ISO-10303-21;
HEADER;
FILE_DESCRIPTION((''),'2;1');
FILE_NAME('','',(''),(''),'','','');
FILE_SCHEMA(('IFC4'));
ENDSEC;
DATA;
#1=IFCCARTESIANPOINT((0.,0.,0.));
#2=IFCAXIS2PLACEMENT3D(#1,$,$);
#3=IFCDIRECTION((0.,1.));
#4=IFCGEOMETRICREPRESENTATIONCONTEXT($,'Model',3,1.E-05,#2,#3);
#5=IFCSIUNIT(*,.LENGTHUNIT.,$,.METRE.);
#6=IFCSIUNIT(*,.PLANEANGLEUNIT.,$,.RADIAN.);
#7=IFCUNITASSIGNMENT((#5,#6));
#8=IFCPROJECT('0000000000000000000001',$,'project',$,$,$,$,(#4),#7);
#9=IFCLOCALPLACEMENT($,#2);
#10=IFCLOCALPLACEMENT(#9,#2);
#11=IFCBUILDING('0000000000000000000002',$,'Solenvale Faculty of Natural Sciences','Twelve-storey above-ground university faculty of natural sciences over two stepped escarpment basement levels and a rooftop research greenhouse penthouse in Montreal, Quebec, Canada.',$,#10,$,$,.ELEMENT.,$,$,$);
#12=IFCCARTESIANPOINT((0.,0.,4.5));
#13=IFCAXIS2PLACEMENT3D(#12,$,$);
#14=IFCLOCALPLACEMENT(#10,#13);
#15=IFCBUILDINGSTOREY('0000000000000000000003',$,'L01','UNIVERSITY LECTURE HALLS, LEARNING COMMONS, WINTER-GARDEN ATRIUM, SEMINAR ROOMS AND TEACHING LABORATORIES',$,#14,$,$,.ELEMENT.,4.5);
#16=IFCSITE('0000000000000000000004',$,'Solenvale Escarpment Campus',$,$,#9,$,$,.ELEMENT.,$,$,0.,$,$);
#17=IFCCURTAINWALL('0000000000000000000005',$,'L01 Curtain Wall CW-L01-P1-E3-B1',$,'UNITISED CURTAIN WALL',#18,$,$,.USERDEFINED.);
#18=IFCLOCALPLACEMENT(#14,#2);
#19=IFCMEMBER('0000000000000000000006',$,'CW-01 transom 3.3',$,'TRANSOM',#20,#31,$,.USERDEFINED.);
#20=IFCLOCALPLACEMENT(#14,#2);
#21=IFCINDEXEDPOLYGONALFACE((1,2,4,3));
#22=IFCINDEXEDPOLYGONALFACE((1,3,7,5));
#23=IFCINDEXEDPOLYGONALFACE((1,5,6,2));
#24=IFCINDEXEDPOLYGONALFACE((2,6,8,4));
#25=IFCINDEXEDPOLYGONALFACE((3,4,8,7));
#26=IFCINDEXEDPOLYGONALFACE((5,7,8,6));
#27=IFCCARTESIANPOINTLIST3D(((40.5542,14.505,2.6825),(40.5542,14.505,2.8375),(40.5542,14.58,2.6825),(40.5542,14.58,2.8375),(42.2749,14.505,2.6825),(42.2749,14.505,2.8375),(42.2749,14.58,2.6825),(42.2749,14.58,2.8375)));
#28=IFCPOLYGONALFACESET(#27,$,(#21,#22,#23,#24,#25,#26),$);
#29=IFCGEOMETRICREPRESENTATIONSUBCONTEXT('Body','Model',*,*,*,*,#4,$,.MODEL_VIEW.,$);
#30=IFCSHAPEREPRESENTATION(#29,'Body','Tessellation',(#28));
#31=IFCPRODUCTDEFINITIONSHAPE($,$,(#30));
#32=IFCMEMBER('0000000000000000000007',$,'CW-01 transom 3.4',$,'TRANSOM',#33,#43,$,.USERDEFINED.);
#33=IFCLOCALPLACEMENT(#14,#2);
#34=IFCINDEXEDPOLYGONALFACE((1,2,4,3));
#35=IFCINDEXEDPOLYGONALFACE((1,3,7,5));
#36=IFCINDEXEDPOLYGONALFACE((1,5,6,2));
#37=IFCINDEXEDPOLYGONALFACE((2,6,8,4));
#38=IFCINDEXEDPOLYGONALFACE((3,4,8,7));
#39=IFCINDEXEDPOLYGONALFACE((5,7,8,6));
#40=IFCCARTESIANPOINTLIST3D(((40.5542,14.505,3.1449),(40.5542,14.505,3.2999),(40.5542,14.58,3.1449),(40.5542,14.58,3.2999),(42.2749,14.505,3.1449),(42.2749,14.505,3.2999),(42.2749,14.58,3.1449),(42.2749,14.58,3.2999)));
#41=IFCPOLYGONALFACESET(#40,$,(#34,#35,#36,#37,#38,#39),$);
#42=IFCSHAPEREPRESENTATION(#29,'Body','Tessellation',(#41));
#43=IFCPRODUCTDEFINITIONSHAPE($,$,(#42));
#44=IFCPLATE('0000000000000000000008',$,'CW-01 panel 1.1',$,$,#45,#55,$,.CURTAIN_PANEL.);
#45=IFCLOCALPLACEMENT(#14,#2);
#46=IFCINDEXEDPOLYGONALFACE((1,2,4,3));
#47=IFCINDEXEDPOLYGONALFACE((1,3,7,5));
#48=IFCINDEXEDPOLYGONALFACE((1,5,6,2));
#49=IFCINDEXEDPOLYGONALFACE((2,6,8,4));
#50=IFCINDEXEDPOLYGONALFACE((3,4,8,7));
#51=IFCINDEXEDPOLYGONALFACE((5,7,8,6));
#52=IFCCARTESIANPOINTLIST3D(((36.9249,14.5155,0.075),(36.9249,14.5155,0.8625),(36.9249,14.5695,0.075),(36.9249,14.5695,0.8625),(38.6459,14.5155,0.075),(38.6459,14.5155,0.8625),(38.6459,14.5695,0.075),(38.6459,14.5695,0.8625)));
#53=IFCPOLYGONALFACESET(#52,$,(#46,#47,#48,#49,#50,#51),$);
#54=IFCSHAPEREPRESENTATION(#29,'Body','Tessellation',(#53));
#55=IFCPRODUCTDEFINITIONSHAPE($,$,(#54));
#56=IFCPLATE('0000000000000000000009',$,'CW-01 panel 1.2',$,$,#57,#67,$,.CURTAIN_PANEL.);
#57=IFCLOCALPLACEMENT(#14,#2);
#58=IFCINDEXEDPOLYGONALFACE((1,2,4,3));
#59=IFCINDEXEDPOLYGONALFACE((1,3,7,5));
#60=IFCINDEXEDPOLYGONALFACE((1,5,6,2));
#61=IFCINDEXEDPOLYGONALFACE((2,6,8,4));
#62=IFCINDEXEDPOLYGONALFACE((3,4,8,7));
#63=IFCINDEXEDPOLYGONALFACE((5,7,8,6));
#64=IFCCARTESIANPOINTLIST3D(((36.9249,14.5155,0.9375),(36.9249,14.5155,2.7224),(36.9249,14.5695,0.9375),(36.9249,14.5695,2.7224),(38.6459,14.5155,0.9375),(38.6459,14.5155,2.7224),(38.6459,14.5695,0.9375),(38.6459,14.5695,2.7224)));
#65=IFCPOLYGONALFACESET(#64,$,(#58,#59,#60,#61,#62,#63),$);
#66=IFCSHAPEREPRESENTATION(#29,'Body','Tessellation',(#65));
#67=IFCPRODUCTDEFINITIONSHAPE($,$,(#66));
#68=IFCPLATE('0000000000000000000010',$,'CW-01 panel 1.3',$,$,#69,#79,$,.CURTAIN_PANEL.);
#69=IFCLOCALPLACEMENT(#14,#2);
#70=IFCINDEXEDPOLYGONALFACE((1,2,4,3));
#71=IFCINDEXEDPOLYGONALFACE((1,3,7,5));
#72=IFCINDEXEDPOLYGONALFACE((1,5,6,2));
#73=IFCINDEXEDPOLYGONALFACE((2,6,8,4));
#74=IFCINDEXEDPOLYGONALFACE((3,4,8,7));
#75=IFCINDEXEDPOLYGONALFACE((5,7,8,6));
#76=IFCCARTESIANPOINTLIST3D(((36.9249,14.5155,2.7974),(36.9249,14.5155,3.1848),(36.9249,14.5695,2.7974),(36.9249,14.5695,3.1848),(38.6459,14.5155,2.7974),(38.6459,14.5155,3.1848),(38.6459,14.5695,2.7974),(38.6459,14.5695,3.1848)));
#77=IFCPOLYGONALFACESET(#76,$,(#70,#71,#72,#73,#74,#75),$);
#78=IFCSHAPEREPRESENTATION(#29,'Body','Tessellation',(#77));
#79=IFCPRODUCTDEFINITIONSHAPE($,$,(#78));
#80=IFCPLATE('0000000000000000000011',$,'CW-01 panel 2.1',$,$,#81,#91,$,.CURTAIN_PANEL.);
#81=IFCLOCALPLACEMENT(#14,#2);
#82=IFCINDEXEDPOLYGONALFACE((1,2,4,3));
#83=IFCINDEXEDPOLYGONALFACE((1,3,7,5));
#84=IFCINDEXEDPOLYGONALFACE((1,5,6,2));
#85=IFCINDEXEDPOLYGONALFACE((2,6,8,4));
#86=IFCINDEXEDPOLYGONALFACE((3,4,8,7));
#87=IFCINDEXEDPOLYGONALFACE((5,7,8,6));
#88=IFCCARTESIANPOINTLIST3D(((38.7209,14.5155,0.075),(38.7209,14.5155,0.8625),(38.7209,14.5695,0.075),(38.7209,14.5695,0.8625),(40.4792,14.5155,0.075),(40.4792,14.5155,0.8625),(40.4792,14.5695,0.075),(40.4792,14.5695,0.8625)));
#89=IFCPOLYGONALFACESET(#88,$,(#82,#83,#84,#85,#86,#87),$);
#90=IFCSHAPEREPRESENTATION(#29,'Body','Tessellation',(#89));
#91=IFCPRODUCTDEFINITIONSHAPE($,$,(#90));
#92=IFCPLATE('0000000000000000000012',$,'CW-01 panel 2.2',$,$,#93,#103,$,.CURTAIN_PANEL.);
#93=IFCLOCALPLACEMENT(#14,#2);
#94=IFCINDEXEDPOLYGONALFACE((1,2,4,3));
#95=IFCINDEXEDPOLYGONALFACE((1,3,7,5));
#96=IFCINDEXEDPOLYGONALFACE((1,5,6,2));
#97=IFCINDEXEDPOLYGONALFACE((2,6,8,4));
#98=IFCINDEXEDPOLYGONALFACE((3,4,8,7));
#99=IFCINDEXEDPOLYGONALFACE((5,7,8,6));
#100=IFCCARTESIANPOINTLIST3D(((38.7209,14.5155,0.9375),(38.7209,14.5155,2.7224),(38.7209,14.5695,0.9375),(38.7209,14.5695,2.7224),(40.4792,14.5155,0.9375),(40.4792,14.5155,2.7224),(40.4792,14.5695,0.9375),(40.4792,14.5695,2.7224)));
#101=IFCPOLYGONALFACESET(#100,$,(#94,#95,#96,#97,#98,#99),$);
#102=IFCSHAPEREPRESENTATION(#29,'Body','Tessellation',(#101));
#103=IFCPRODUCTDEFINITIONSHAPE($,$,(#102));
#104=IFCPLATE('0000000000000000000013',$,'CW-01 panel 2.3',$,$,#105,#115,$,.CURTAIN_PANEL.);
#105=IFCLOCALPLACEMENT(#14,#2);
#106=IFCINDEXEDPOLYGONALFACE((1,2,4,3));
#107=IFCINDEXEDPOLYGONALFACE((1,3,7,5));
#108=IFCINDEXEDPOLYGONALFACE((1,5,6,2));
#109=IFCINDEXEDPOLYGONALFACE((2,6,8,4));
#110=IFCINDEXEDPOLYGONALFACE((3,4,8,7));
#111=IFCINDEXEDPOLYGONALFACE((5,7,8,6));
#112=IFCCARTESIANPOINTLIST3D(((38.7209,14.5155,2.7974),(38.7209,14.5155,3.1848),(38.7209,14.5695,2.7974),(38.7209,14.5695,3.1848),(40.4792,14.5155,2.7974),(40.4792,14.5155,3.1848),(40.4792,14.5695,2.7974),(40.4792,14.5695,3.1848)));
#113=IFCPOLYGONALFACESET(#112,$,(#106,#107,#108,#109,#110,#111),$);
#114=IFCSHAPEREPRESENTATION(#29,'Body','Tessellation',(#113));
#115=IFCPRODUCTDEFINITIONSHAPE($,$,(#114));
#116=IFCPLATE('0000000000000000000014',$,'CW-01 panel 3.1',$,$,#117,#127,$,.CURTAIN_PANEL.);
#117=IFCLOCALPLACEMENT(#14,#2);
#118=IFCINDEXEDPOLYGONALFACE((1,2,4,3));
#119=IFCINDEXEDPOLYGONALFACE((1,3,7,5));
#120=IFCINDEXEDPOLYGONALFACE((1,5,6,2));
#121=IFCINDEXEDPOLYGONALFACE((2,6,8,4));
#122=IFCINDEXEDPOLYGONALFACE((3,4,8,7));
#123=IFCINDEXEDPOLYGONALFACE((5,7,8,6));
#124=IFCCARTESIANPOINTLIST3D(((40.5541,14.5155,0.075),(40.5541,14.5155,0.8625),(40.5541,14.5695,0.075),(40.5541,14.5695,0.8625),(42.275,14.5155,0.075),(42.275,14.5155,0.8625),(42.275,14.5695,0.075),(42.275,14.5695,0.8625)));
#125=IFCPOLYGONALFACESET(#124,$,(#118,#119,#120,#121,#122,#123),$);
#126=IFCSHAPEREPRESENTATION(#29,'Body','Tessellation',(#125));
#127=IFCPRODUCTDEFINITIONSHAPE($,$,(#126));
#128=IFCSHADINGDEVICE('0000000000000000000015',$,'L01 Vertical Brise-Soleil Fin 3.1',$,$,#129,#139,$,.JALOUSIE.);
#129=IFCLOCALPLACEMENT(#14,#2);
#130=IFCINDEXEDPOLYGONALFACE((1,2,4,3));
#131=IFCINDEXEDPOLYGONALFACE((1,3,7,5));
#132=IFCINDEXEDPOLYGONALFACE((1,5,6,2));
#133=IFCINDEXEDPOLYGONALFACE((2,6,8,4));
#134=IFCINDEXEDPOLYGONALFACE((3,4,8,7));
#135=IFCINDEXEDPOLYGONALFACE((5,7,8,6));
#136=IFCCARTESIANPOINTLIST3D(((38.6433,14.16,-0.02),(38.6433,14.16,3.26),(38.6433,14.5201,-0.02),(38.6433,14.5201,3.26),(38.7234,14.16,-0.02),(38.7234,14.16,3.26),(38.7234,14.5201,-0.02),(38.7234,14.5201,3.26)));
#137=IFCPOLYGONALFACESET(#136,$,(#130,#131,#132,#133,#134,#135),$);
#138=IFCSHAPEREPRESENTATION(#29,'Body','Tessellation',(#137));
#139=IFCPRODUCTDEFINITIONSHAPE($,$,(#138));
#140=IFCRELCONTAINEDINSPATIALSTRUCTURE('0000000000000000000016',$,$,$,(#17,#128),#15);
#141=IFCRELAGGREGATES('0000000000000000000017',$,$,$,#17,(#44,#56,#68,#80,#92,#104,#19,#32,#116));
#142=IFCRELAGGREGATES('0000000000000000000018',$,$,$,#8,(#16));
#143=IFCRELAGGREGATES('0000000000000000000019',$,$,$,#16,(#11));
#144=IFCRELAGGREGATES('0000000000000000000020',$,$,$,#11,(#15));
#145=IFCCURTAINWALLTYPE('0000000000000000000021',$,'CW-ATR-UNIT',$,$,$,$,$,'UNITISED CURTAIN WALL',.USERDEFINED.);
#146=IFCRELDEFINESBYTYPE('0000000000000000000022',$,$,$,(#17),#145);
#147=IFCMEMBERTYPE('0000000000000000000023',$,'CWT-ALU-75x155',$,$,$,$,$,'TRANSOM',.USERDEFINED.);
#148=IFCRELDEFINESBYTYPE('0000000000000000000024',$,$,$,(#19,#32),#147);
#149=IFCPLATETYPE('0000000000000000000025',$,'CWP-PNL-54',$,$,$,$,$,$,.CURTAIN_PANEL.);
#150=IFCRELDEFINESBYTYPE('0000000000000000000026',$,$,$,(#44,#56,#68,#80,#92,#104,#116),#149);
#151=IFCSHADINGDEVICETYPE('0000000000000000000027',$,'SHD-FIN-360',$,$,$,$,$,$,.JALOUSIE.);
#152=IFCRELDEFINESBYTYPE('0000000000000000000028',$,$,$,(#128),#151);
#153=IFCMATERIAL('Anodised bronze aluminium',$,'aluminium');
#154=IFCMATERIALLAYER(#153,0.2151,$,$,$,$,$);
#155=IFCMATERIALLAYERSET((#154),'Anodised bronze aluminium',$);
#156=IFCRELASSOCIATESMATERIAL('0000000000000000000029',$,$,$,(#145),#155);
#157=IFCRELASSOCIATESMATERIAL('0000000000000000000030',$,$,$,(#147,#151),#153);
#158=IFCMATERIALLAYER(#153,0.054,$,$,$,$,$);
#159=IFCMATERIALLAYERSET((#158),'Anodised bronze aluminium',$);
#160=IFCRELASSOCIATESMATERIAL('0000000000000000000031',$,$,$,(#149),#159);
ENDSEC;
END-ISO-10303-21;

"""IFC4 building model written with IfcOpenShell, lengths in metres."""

from ifc_helpers import new_model, si_unit, direction, frame, origin, origin_2d, place, context, subcontext, project, spatial, rectangle, extrude, material, layer, layer_set, material_profile, profile_set, type_object, element, aggregate, save


model = new_model("IFC4")

# Units and contexts
model_context = context("Model", 3, precision=1e-05, world=origin(), true_north=direction((0.0, 1.0)))
body_context = subcontext(model_context, "Body", "Model", "MODEL_VIEW")
ifc_project = project(units=[si_unit("LENGTHUNIT", "METRE"), si_unit("PLANEANGLEUNIT", "RADIAN")], contexts=[model_context])

# Site, building, storey
site_placement = place(None, origin())
site = spatial("IfcSite", under=ifc_project, at=site_placement, Name="Solenvale Escarpment Campus", CompositionType="ELEMENT", RefElevation=0.0)
building_placement = place(site_placement, origin())
building = spatial("IfcBuilding", under=site, at=building_placement, Name="Solenvale Faculty of Natural Sciences", Description="Twelve-storey above-ground university faculty of natural sciences over two stepped escarpment basement levels and a rooftop research greenhouse penthouse in Montreal, Quebec, Canada.", CompositionType="ELEMENT")
storey_placement = place(building_placement, frame((0.0, 0.0, 4.5)))
storey = spatial("IfcBuildingStorey", under=building, at=storey_placement, Name="L01", Description="UNIVERSITY LECTURE HALLS, LEARNING COMMONS, WINTER-GARDEN ATRIUM, SEMINAR ROOMS AND TEACHING LABORATORIES", CompositionType="ELEMENT", Elevation=4.5)

# Curtain wall, members, plates
ifc_material_1 = material(Name="Anodised bronze aluminium", Category="aluminium")
ifc_layer_1 = layer(ifc_material_1, 0.2151)
ifc_layer_set_1 = layer_set([ifc_layer_1], Name="Anodised bronze aluminium")
curtain_wall_type = type_object("IfcCurtainWallType", Name="CW-ATR-UNIT", ElementType="UNITISED CURTAIN WALL", PredefinedType="USERDEFINED", material=ifc_layer_set_1)
curtain_wall_placement = place(storey_placement, origin())
curtain_wall = element("IfcCurtainWall", 1, at=curtain_wall_placement, inside=storey, type_object=curtain_wall_type, Name="L01 Curtain Wall CW-L01-P1-E3-B1", ObjectType="UNITISED CURTAIN WALL", PredefinedType="USERDEFINED")
ifc_material_profile_1 = material_profile(ifc_material_1, rectangle(XDim=0.075, YDim=0.155, at=origin_2d()), Name="ALU-TRN-75x155")
ifc_profile_set_1 = profile_set([ifc_material_profile_1], Name="Anodised bronze aluminium")
member_type_1 = type_object("IfcMemberType", Name="CWT-ALU-75x155", ElementType="TRANSOM", PredefinedType="USERDEFINED", material=ifc_profile_set_1)
member_1_placement = place(storey_placement, frame((40.5542, 14.5425, 2.76), z_axis=(1.0, 0.0, 0.0), x_axis=(0.0, 1.0, 0.0)))
member_1 = element("IfcMember", 2, at=member_1_placement, type_object=member_type_1, Name="CW-01 transom 3.3", ObjectType="TRANSOM", PredefinedType="USERDEFINED", context=body_context, shape_type="SweptSolid", body=[
    extrude(rectangle(XDim=0.075, YDim=0.155, at=origin_2d()), origin(), (0.0, 0.0, 1.0), 1.7207),
])
member_2_placement = place(storey_placement, frame((40.5542, 14.5425, 3.2224), z_axis=(1.0, 0.0, 0.0), x_axis=(0.0, 1.0, 0.0)))
member_2 = element("IfcMember", 3, at=member_2_placement, type_object=member_type_1, Name="CW-01 transom 3.4", ObjectType="TRANSOM", PredefinedType="USERDEFINED", context=body_context, shape_type="SweptSolid", body=[
    extrude(rectangle(XDim=0.075, YDim=0.155, at=origin_2d()), origin(), (0.0, 0.0, 1.0), 1.7207),
])
ifc_layer_2 = layer(ifc_material_1, 0.054)
ifc_layer_set_2 = layer_set([ifc_layer_2], Name="Anodised bronze aluminium")
plate_type = type_object("IfcPlateType", Name="CWP-PNL-54", PredefinedType="CURTAIN_PANEL", material=ifc_layer_set_2)
plate_1_placement = place(storey_placement, frame((37.7854, 14.5425, 0.075), z_axis=(0.0, 0.0, 1.0), x_axis=(1.0, 0.0, 0.0)))
plate_1 = element("IfcPlate", 4, at=plate_1_placement, type_object=plate_type, Name="CW-01 panel 1.1", PredefinedType="CURTAIN_PANEL", context=body_context, shape_type="SweptSolid", body=[
    extrude(rectangle(XDim=1.7209, YDim=0.054, at=origin_2d()), origin(), (0.0, 0.0, 1.0), 0.7876),
])
plate_2_placement = place(storey_placement, frame((37.7854, 14.5425, 0.9375), z_axis=(0.0, 0.0, 1.0), x_axis=(1.0, 0.0, 0.0)))
plate_2 = element("IfcPlate", 5, at=plate_2_placement, type_object=plate_type, Name="CW-01 panel 1.2", PredefinedType="CURTAIN_PANEL", context=body_context, shape_type="SweptSolid", body=[
    extrude(rectangle(XDim=1.7209, YDim=0.054, at=origin_2d()), origin(), (0.0, 0.0, 1.0), 1.7849),
])
plate_3_placement = place(storey_placement, frame((37.7854, 14.5425, 2.7974), z_axis=(0.0, 0.0, 1.0), x_axis=(1.0, 0.0, 0.0)))
plate_3 = element("IfcPlate", 6, at=plate_3_placement, type_object=plate_type, Name="CW-01 panel 1.3", PredefinedType="CURTAIN_PANEL", context=body_context, shape_type="SweptSolid", body=[
    extrude(rectangle(XDim=1.7209, YDim=0.054, at=origin_2d()), origin(), (0.0, 0.0, 1.0), 0.3875),
])
plate_4_placement = place(storey_placement, frame((39.6001, 14.5425, 0.075), z_axis=(0.0, 0.0, 1.0), x_axis=(1.0, 0.0, 0.0)))
plate_4 = element("IfcPlate", 7, at=plate_4_placement, type_object=plate_type, Name="CW-01 panel 2.1", PredefinedType="CURTAIN_PANEL", context=body_context, shape_type="SweptSolid", body=[
    extrude(rectangle(XDim=1.7583, YDim=0.054, at=origin_2d()), origin(), (0.0, 0.0, 1.0), 0.7876),
])
plate_5_placement = place(storey_placement, frame((39.6001, 14.5425, 0.9375), z_axis=(0.0, 0.0, 1.0), x_axis=(1.0, 0.0, 0.0)))
plate_5 = element("IfcPlate", 8, at=plate_5_placement, type_object=plate_type, Name="CW-01 panel 2.2", PredefinedType="CURTAIN_PANEL", context=body_context, shape_type="SweptSolid", body=[
    extrude(rectangle(XDim=1.7583, YDim=0.054, at=origin_2d()), origin(), (0.0, 0.0, 1.0), 1.7849),
])
plate_6_placement = place(storey_placement, frame((39.6001, 14.5425, 2.7974), z_axis=(0.0, 0.0, 1.0), x_axis=(1.0, 0.0, 0.0)))
plate_6 = element("IfcPlate", 9, at=plate_6_placement, type_object=plate_type, Name="CW-01 panel 2.3", PredefinedType="CURTAIN_PANEL", context=body_context, shape_type="SweptSolid", body=[
    extrude(rectangle(XDim=1.7583, YDim=0.054, at=origin_2d()), origin(), (0.0, 0.0, 1.0), 0.3875),
])
plate_7_placement = place(storey_placement, frame((41.4146, 14.5425, 0.075), z_axis=(0.0, 0.0, 1.0), x_axis=(1.0, 0.0, 0.0)))
plate_7 = element("IfcPlate", 10, at=plate_7_placement, type_object=plate_type, Name="CW-01 panel 3.1", PredefinedType="CURTAIN_PANEL", context=body_context, shape_type="SweptSolid", body=[
    extrude(rectangle(XDim=1.7209, YDim=0.054, at=origin_2d()), origin(), (0.0, 0.0, 1.0), 0.7876),
])
aggregate(curtain_wall, [plate_1, plate_2, plate_3, plate_4, plate_5, plate_6, member_1, member_2, plate_7])

# Shading device
ifc_material_profile_2 = material_profile(ifc_material_1, rectangle(XDim=0.0801, YDim=0.3601, at=origin_2d()), Name="ALU-FIN-80x360")
ifc_profile_set_2 = profile_set([ifc_material_profile_2], Name="Anodised bronze aluminium")
shading_device_type = type_object("IfcShadingDeviceType", Name="SHD-FIN-360", PredefinedType="JALOUSIE", material=ifc_profile_set_2)
shading_device_placement = place(storey_placement, frame((38.6833, 14.3401, -0.02), z_axis=(0.0, 0.0, 1.0), x_axis=(1.0, 0.0, 0.0)))
element("IfcShadingDevice", 11, at=shading_device_placement, inside=storey, type_object=shading_device_type, Name="L01 Vertical Brise-Soleil Fin 3.1", PredefinedType="JALOUSIE", context=body_context, shape_type="SweptSolid", body=[
    extrude(rectangle(XDim=0.0801, YDim=0.3601, at=origin_2d()), origin(), (0.0, 0.0, 1.0), 3.28),
])

save(model, "model.ifc")
